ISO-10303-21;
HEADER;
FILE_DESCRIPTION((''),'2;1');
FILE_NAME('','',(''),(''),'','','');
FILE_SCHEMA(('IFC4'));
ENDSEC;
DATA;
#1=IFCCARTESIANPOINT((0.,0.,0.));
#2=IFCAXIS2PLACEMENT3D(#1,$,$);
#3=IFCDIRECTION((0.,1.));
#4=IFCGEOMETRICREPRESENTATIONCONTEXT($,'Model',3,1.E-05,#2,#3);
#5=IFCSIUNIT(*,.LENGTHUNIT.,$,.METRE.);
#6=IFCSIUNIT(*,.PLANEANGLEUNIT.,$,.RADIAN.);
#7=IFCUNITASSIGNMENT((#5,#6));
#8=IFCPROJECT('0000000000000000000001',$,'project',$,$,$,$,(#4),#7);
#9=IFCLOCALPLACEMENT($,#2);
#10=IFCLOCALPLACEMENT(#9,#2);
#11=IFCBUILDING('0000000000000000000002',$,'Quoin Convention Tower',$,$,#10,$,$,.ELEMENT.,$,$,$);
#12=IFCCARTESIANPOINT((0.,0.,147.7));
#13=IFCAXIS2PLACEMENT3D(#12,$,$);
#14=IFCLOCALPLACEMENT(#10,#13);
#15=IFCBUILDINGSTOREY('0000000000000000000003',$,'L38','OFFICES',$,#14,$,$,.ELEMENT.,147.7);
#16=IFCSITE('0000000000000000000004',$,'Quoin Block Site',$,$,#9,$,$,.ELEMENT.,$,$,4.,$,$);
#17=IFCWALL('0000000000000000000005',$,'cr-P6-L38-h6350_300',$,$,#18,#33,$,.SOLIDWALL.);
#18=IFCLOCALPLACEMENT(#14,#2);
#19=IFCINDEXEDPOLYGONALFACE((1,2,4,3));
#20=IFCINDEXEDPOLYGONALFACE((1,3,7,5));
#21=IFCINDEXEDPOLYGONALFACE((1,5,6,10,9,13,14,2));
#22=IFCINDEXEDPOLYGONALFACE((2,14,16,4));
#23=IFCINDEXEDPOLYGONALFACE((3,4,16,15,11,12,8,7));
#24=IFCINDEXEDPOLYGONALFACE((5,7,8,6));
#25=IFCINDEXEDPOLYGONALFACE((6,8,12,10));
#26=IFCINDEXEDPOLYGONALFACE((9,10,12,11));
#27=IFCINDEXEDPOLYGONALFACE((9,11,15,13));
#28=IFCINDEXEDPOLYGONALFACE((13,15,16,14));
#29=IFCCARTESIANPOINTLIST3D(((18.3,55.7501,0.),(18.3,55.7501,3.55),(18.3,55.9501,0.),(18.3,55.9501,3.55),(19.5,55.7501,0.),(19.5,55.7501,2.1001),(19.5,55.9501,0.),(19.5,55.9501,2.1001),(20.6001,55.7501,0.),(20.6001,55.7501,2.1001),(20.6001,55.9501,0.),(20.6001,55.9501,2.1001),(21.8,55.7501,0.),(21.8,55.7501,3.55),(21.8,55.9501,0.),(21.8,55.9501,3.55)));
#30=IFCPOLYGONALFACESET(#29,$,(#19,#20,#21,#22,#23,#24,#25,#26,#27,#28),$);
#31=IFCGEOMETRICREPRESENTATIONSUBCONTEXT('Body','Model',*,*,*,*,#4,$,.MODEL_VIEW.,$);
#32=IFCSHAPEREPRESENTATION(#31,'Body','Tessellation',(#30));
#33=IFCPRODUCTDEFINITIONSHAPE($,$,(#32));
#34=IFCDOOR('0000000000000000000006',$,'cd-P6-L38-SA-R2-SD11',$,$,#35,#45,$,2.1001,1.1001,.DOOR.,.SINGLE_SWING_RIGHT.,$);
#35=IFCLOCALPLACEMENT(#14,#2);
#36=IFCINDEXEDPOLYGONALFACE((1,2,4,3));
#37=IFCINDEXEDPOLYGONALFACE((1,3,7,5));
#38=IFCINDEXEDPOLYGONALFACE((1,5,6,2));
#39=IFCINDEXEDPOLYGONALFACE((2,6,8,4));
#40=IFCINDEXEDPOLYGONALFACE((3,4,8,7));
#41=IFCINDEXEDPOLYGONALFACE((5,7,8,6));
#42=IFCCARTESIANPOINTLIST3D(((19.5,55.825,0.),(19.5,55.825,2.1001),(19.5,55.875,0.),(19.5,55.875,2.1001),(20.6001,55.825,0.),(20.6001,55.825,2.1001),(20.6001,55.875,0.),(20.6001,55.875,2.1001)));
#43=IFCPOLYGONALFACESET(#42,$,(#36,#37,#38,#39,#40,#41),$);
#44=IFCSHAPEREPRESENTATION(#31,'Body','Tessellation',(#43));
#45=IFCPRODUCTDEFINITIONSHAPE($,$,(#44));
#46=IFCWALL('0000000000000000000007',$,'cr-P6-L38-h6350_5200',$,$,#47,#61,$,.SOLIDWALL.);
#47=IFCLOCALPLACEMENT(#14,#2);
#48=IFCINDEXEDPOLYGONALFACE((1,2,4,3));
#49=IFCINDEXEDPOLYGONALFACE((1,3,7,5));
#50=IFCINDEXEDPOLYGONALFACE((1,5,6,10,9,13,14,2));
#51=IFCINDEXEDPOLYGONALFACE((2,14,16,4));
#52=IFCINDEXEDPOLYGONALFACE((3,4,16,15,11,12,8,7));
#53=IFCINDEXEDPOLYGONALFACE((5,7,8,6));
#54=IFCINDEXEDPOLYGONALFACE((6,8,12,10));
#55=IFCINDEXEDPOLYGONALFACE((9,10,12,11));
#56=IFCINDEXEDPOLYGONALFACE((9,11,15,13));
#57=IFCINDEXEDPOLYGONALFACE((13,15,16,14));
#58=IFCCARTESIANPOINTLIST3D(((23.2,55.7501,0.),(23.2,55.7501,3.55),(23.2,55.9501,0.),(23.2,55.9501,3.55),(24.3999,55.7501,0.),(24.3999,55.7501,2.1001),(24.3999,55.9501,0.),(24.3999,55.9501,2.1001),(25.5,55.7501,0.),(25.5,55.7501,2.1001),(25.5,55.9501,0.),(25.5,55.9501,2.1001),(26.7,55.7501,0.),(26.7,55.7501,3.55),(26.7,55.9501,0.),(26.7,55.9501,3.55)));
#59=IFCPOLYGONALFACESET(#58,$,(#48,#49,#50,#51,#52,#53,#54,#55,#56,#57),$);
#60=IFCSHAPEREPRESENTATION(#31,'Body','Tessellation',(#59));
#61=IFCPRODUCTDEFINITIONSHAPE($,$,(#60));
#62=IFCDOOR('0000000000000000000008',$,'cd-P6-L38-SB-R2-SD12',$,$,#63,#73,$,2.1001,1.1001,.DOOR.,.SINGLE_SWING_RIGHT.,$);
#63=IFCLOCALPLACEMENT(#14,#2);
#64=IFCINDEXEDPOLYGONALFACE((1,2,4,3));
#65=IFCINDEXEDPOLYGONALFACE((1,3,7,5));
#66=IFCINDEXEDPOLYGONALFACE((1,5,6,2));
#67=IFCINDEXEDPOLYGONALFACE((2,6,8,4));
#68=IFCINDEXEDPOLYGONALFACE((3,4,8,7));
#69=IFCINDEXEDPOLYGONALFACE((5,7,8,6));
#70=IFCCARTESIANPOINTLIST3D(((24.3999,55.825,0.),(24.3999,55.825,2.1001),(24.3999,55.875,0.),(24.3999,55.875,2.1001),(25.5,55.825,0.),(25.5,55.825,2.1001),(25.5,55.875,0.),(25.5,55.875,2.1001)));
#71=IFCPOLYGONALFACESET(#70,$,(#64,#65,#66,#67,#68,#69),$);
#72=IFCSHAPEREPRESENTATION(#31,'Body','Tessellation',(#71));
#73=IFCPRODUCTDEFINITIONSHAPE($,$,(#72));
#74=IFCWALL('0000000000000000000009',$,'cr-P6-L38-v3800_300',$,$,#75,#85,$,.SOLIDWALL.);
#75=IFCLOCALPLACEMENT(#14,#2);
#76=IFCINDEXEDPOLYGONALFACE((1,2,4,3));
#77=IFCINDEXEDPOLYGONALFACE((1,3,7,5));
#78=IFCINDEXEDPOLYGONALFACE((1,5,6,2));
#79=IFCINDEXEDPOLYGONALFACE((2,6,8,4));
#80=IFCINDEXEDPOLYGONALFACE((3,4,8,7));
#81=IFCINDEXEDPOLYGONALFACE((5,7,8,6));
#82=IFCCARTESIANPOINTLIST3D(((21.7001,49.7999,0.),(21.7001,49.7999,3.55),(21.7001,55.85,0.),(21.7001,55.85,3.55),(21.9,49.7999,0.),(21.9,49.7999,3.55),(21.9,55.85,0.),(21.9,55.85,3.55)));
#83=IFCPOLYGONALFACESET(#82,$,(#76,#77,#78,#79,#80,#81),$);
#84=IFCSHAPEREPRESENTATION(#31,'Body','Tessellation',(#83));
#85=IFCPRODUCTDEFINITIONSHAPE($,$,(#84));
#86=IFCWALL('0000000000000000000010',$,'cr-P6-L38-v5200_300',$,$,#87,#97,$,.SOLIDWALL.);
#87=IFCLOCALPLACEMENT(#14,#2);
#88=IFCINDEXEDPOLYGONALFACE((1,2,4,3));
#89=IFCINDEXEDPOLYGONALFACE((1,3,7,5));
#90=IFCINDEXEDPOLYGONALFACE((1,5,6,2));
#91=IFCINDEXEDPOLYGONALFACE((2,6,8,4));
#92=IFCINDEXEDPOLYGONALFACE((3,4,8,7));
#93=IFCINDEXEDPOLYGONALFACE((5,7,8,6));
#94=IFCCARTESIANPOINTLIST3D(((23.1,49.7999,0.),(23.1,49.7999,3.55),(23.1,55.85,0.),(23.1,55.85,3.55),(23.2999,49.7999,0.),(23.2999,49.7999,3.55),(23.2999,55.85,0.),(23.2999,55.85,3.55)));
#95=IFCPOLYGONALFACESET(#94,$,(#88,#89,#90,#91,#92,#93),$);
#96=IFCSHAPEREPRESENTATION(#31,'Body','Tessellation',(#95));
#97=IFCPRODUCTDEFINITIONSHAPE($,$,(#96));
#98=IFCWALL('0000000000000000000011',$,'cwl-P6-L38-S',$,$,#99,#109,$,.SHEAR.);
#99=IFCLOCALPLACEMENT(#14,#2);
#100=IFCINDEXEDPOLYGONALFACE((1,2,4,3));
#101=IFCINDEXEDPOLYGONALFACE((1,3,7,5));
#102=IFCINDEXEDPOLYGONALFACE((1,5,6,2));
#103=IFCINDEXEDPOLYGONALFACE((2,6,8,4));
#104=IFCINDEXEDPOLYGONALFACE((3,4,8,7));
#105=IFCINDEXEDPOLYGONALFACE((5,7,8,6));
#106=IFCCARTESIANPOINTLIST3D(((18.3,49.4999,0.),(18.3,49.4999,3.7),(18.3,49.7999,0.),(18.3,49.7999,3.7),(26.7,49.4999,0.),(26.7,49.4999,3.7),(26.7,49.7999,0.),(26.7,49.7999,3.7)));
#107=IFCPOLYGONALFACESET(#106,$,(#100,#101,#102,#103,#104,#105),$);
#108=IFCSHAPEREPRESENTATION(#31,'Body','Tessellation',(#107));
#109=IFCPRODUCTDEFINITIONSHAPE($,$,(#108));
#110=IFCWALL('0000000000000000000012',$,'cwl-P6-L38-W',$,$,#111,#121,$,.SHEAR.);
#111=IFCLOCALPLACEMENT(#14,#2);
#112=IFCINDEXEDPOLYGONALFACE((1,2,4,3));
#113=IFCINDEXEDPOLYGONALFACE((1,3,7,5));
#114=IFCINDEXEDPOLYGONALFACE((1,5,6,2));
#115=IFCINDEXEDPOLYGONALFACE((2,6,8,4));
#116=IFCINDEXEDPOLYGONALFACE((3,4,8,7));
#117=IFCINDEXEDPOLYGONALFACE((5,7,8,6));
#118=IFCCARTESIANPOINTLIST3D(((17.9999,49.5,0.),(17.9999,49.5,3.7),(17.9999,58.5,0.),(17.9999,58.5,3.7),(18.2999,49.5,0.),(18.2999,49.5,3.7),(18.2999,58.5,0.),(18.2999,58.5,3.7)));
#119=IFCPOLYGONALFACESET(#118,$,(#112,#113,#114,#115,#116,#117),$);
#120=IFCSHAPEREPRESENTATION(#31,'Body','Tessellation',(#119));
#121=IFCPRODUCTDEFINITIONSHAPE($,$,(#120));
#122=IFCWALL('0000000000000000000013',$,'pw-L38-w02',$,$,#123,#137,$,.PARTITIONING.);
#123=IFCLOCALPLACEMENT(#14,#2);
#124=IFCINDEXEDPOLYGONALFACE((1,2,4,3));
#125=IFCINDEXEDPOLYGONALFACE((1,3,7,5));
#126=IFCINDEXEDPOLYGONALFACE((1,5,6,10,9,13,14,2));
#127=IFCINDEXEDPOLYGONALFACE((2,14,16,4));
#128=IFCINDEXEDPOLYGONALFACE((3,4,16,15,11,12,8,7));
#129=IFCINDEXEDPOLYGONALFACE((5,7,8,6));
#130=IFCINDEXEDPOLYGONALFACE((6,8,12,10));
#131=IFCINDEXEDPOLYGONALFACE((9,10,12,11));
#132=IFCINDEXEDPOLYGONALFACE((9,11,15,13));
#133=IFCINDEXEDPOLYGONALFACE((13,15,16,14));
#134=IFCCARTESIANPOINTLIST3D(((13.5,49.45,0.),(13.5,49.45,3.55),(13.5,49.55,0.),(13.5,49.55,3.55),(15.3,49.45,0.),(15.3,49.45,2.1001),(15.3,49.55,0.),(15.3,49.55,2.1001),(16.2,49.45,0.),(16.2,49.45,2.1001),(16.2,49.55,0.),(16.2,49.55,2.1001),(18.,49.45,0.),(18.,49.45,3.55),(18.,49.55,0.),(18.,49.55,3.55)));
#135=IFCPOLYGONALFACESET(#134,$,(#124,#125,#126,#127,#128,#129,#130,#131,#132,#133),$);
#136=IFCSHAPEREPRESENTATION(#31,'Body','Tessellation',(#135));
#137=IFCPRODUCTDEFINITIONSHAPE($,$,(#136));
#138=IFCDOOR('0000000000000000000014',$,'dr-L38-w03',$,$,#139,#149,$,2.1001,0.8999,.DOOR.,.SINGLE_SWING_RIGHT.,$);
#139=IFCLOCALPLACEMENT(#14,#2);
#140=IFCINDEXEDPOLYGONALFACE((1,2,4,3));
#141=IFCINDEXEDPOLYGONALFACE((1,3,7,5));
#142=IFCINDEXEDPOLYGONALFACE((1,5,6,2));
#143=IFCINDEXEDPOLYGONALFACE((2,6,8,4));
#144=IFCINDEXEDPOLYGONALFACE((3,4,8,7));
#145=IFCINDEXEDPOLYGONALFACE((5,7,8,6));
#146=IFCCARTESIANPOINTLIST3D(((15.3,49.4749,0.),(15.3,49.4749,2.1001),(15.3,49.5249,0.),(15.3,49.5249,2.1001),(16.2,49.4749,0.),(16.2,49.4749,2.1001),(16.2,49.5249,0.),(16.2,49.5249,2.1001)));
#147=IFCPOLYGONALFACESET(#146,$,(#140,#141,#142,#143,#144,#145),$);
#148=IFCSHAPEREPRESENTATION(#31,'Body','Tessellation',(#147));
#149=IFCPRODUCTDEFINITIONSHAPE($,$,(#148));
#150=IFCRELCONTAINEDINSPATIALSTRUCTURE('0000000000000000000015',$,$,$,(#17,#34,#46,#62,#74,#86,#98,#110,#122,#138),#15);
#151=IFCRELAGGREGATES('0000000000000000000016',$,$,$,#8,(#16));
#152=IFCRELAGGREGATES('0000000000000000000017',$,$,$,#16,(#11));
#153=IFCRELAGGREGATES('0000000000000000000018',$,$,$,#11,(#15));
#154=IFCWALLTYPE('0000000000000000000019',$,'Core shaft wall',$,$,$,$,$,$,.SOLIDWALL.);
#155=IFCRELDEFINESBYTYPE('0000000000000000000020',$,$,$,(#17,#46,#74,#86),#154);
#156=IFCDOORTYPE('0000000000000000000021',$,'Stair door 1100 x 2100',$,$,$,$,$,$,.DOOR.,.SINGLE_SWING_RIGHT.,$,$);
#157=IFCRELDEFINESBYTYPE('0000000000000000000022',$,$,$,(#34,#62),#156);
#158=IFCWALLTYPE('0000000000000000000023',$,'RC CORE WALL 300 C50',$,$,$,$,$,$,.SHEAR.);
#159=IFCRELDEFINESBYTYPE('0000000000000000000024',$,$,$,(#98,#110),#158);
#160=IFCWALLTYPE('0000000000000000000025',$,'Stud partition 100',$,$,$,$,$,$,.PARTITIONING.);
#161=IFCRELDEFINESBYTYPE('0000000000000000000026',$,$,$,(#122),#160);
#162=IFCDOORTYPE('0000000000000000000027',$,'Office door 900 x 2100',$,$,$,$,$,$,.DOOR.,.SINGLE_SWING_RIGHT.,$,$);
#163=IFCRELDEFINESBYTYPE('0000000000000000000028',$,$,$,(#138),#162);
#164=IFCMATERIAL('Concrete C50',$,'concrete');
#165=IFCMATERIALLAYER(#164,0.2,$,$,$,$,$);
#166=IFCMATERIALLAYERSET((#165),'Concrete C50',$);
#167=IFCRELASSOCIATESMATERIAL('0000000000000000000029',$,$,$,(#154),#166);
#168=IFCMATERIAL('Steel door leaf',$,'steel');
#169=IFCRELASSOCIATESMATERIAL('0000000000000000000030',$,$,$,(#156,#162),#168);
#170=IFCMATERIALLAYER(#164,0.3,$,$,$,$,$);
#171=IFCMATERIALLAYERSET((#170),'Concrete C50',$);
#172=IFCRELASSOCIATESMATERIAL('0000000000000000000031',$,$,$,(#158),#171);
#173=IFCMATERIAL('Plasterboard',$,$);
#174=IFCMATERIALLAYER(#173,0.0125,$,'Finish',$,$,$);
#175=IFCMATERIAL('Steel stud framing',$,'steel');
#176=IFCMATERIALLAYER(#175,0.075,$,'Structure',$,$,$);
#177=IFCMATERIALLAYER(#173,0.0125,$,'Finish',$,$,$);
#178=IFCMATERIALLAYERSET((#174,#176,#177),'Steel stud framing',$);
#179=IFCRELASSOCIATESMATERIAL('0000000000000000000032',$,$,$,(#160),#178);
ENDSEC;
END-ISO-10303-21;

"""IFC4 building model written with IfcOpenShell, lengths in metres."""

from ifc_helpers import new_model, si_unit, direction, frame, frame_2d, origin, place, context, subcontext, project, spatial, rectangle, extrude, material, layer, layer_set, type_object, element, fill, save


model = new_model("IFC4")

# Units and contexts
model_context = context("Model", 3, precision=1e-05, world=origin(), true_north=direction((0.0, 1.0)))
body_context = subcontext(model_context, "Body", "Model", "MODEL_VIEW")
ifc_project = project(units=[si_unit("LENGTHUNIT", "METRE"), si_unit("PLANEANGLEUNIT", "RADIAN")], contexts=[model_context])

# Site, building, storey
site_placement = place(None, origin())
site = spatial("IfcSite", under=ifc_project, at=site_placement, Name="Quoin Block Site", CompositionType="ELEMENT", RefElevation=4.0)
building_placement = place(site_placement, origin())
building = spatial("IfcBuilding", under=site, at=building_placement, Name="Quoin Convention Tower", CompositionType="ELEMENT")
storey_placement = place(building_placement, frame((0.0, 0.0, 147.7)))
storey = spatial("IfcBuildingStorey", under=building, at=storey_placement, Name="L38", Description="OFFICES", CompositionType="ELEMENT", Elevation=147.7)

# Shared definitions
ifc_material_1 = material(Name="Concrete C50", Category="concrete")

# Shared definitions
ifc_layer_1 = layer(ifc_material_1, 0.2)
ifc_layer_set_1 = layer_set([ifc_layer_1], Name="Concrete C50")
wall_type_1 = type_object("IfcWallType", Name="Core shaft wall", PredefinedType="SOLIDWALL", material=ifc_layer_set_1)

# Walls, openings, doors
wall_1_placement = place(storey_placement, frame((18.3, 55.8501, 0.0), z_axis=(0.0, 0.0, 1.0), x_axis=(1.0, 0.0, 0.0)))
wall_1 = element("IfcWall", 1, at=wall_1_placement, inside=storey, type_object=wall_type_1, Name="cr-P6-L38-h6350_300", PredefinedType="SOLIDWALL", context=body_context, shape_type="SweptSolid", body=[
    extrude(rectangle(XDim=3.5, YDim=0.2, at=frame_2d((1.75, 0.0))), origin(), (0.0, 0.0, 1.0), 3.55),
])
opening_1_placement = place(wall_1_placement, frame((1.2, 0.0, 0.0)))
opening_1 = element("IfcOpeningElement", 2, at=opening_1_placement, cuts=wall_1, PredefinedType="OPENING", context=body_context, shape_type="SweptSolid", body=[
    extrude(rectangle(XDim=1.1001, YDim=2.1001, at=frame_2d((0.55, 1.05))), frame((0.0, 0.1099, 0.0), z_axis=(0.0, -1.0, 0.0), x_axis=(1.0, 0.0, 0.0)), (0.0, 0.0, 1.0), 0.22),
])
ifc_material_2 = material(Name="Steel door leaf", Category="steel")
door_type_1 = type_object("IfcDoorType", Name="Stair door 1100 x 2100", OperationType="SINGLE_SWING_RIGHT", PredefinedType="DOOR", material=ifc_material_2)
door_1_placement = place(opening_1_placement, origin())
door_1 = element("IfcDoor", 3, at=door_1_placement, inside=storey, type_object=door_type_1, Name="cd-P6-L38-SA-R2-SD11", OperationType="SINGLE_SWING_RIGHT", OverallHeight=2.1001, OverallWidth=1.1001, PredefinedType="DOOR", context=body_context, shape_type="SweptSolid", body=[
    extrude(rectangle(XDim=1.1001, YDim=2.1001, at=frame_2d((0.55, 1.05))), frame((0.0, 0.0249, 0.0), z_axis=(0.0, -1.0, 0.0), x_axis=(1.0, 0.0, 0.0)), (0.0, 0.0, 1.0), 0.05),
])
fill(opening_1, door_1)
wall_2_placement = place(storey_placement, frame((23.2, 55.8501, 0.0), z_axis=(0.0, 0.0, 1.0), x_axis=(1.0, 0.0, 0.0)))
wall_2 = element("IfcWall", 4, at=wall_2_placement, inside=storey, type_object=wall_type_1, Name="cr-P6-L38-h6350_5200", PredefinedType="SOLIDWALL", context=body_context, shape_type="SweptSolid", body=[
    extrude(rectangle(XDim=3.5, YDim=0.2, at=frame_2d((1.75, 0.0))), origin(), (0.0, 0.0, 1.0), 3.55),
])
opening_2_placement = place(wall_2_placement, frame((1.2, 0.0, 0.0)))
opening_2 = element("IfcOpeningElement", 5, at=opening_2_placement, cuts=wall_2, PredefinedType="OPENING", context=body_context, shape_type="SweptSolid", body=[
    extrude(rectangle(XDim=1.1001, YDim=2.1001, at=frame_2d((0.55, 1.05))), frame((0.0, 0.1099, 0.0), z_axis=(0.0, -1.0, 0.0), x_axis=(1.0, 0.0, 0.0)), (0.0, 0.0, 1.0), 0.22),
])
door_2_placement = place(opening_2_placement, origin())
door_2 = element("IfcDoor", 6, at=door_2_placement, inside=storey, type_object=door_type_1, Name="cd-P6-L38-SB-R2-SD12", OperationType="SINGLE_SWING_RIGHT", OverallHeight=2.1001, OverallWidth=1.1001, PredefinedType="DOOR", context=body_context, shape_type="SweptSolid", body=[
    extrude(rectangle(XDim=1.1001, YDim=2.1001, at=frame_2d((0.55, 1.05))), frame((0.0, 0.0249, 0.0), z_axis=(0.0, -1.0, 0.0), x_axis=(1.0, 0.0, 0.0)), (0.0, 0.0, 1.0), 0.05),
])
fill(opening_2, door_2)

# Walls
for number, where, z_axis, x_axis, name in (
    (7, (21.8, 49.8, 0.0), (0.0, 0.0, 1.0), (0.0, 1.0, 0.0), "cr-P6-L38-v3800_300"),
    (8, (23.2, 49.8, 0.0), (0.0, 0.0, 1.0), (0.0, 1.0, 0.0), "cr-P6-L38-v5200_300"),
):
    element("IfcWall", number, at=place(storey_placement, frame(where, z_axis=z_axis, x_axis=x_axis)), inside=storey, type_object=wall_type_1, Name=name, PredefinedType="SOLIDWALL", context=body_context, shape_type="SweptSolid", body=[
        extrude(rectangle(XDim=6.05, YDim=0.2, at=frame_2d((3.0249, 0.0))), origin(), (0.0, 0.0, 1.0), 3.55),
    ])
ifc_layer_2 = layer(ifc_material_1, 0.3)
ifc_layer_set_2 = layer_set([ifc_layer_2], Name="Concrete C50")
wall_type_2 = type_object("IfcWallType", Name="RC CORE WALL 300 C50", PredefinedType="SHEAR", material=ifc_layer_set_2)
wall_3_placement = place(storey_placement, frame((18.3, 49.6499, 0.0), z_axis=(0.0, 0.0, 1.0), x_axis=(1.0, 0.0, 0.0)))
element("IfcWall", 9, at=wall_3_placement, inside=storey, type_object=wall_type_2, Name="cwl-P6-L38-S", PredefinedType="SHEAR", context=body_context, shape_type="SweptSolid", body=[
    extrude(rectangle(XDim=8.3999, YDim=0.3, at=frame_2d((4.2, 0.0))), origin(), (0.0, 0.0, 1.0), 3.7),
])
wall_4_placement = place(storey_placement, frame((18.1499, 49.5, 0.0), z_axis=(0.0, 0.0, 1.0), x_axis=(0.0, 1.0, 0.0)))
element("IfcWall", 10, at=wall_4_placement, inside=storey, type_object=wall_type_2, Name="cwl-P6-L38-W", PredefinedType="SHEAR", context=body_context, shape_type="SweptSolid", body=[
    extrude(rectangle(XDim=9.0, YDim=0.3, at=frame_2d((4.5, 0.0))), origin(), (0.0, 0.0, 1.0), 3.7),
])

# Wall, opening, door
ifc_material_3 = material(Name="Plasterboard")
ifc_layer_3 = layer(ifc_material_3, 0.0125, Name="Finish")
ifc_material_4 = material(Name="Steel stud framing", Category="steel")
ifc_layer_4 = layer(ifc_material_4, 0.075, Name="Structure")
ifc_layer_5 = layer(ifc_material_3, 0.0125, Name="Finish")
ifc_layer_set_3 = layer_set([ifc_layer_3, ifc_layer_4, ifc_layer_5], Name="Steel stud framing")
wall_type_3 = type_object("IfcWallType", Name="Stud partition 100", PredefinedType="PARTITIONING", material=ifc_layer_set_3)
wall_5_placement = place(storey_placement, frame((13.5, 49.5, 0.0), z_axis=(0.0, 0.0, 1.0), x_axis=(1.0, 0.0, 0.0)))
wall_5 = element("IfcWall", 11, at=wall_5_placement, inside=storey, type_object=wall_type_3, Name="pw-L38-w02", PredefinedType="PARTITIONING", context=body_context, shape_type="SweptSolid", body=[
    extrude(rectangle(XDim=4.5, YDim=0.1001, at=frame_2d((2.25, 0.0))), origin(), (0.0, 0.0, 1.0), 3.55),
])
opening_3_placement = place(wall_5_placement, frame((1.8, 0.0, 0.0)))
opening_3 = element("IfcOpeningElement", 12, at=opening_3_placement, cuts=wall_5, PredefinedType="OPENING", context=body_context, shape_type="SweptSolid", body=[
    extrude(rectangle(XDim=0.8999, YDim=2.1001, at=frame_2d((0.45, 1.05))), frame((0.0, 0.0601, 0.0), z_axis=(0.0, -1.0, 0.0), x_axis=(1.0, 0.0, 0.0)), (0.0, 0.0, 1.0), 0.1201),
])
door_type_2 = type_object("IfcDoorType", Name="Office door 900 x 2100", OperationType="SINGLE_SWING_RIGHT", PredefinedType="DOOR", material=ifc_material_2)
door_3_placement = place(opening_3_placement, origin())
door_3 = element("IfcDoor", 13, at=door_3_placement, inside=storey, type_object=door_type_2, Name="dr-L38-w03", OperationType="SINGLE_SWING_RIGHT", OverallHeight=2.1001, OverallWidth=0.8999, PredefinedType="DOOR", context=body_context, shape_type="SweptSolid", body=[
    extrude(rectangle(XDim=0.8999, YDim=2.1001, at=frame_2d((0.45, 1.05))), frame((0.0, 0.0249, 0.0), z_axis=(0.0, -1.0, 0.0), x_axis=(1.0, 0.0, 0.0)), (0.0, 0.0, 1.0), 0.05),
])
fill(opening_3, door_3)

save(model, "model.ifc")
